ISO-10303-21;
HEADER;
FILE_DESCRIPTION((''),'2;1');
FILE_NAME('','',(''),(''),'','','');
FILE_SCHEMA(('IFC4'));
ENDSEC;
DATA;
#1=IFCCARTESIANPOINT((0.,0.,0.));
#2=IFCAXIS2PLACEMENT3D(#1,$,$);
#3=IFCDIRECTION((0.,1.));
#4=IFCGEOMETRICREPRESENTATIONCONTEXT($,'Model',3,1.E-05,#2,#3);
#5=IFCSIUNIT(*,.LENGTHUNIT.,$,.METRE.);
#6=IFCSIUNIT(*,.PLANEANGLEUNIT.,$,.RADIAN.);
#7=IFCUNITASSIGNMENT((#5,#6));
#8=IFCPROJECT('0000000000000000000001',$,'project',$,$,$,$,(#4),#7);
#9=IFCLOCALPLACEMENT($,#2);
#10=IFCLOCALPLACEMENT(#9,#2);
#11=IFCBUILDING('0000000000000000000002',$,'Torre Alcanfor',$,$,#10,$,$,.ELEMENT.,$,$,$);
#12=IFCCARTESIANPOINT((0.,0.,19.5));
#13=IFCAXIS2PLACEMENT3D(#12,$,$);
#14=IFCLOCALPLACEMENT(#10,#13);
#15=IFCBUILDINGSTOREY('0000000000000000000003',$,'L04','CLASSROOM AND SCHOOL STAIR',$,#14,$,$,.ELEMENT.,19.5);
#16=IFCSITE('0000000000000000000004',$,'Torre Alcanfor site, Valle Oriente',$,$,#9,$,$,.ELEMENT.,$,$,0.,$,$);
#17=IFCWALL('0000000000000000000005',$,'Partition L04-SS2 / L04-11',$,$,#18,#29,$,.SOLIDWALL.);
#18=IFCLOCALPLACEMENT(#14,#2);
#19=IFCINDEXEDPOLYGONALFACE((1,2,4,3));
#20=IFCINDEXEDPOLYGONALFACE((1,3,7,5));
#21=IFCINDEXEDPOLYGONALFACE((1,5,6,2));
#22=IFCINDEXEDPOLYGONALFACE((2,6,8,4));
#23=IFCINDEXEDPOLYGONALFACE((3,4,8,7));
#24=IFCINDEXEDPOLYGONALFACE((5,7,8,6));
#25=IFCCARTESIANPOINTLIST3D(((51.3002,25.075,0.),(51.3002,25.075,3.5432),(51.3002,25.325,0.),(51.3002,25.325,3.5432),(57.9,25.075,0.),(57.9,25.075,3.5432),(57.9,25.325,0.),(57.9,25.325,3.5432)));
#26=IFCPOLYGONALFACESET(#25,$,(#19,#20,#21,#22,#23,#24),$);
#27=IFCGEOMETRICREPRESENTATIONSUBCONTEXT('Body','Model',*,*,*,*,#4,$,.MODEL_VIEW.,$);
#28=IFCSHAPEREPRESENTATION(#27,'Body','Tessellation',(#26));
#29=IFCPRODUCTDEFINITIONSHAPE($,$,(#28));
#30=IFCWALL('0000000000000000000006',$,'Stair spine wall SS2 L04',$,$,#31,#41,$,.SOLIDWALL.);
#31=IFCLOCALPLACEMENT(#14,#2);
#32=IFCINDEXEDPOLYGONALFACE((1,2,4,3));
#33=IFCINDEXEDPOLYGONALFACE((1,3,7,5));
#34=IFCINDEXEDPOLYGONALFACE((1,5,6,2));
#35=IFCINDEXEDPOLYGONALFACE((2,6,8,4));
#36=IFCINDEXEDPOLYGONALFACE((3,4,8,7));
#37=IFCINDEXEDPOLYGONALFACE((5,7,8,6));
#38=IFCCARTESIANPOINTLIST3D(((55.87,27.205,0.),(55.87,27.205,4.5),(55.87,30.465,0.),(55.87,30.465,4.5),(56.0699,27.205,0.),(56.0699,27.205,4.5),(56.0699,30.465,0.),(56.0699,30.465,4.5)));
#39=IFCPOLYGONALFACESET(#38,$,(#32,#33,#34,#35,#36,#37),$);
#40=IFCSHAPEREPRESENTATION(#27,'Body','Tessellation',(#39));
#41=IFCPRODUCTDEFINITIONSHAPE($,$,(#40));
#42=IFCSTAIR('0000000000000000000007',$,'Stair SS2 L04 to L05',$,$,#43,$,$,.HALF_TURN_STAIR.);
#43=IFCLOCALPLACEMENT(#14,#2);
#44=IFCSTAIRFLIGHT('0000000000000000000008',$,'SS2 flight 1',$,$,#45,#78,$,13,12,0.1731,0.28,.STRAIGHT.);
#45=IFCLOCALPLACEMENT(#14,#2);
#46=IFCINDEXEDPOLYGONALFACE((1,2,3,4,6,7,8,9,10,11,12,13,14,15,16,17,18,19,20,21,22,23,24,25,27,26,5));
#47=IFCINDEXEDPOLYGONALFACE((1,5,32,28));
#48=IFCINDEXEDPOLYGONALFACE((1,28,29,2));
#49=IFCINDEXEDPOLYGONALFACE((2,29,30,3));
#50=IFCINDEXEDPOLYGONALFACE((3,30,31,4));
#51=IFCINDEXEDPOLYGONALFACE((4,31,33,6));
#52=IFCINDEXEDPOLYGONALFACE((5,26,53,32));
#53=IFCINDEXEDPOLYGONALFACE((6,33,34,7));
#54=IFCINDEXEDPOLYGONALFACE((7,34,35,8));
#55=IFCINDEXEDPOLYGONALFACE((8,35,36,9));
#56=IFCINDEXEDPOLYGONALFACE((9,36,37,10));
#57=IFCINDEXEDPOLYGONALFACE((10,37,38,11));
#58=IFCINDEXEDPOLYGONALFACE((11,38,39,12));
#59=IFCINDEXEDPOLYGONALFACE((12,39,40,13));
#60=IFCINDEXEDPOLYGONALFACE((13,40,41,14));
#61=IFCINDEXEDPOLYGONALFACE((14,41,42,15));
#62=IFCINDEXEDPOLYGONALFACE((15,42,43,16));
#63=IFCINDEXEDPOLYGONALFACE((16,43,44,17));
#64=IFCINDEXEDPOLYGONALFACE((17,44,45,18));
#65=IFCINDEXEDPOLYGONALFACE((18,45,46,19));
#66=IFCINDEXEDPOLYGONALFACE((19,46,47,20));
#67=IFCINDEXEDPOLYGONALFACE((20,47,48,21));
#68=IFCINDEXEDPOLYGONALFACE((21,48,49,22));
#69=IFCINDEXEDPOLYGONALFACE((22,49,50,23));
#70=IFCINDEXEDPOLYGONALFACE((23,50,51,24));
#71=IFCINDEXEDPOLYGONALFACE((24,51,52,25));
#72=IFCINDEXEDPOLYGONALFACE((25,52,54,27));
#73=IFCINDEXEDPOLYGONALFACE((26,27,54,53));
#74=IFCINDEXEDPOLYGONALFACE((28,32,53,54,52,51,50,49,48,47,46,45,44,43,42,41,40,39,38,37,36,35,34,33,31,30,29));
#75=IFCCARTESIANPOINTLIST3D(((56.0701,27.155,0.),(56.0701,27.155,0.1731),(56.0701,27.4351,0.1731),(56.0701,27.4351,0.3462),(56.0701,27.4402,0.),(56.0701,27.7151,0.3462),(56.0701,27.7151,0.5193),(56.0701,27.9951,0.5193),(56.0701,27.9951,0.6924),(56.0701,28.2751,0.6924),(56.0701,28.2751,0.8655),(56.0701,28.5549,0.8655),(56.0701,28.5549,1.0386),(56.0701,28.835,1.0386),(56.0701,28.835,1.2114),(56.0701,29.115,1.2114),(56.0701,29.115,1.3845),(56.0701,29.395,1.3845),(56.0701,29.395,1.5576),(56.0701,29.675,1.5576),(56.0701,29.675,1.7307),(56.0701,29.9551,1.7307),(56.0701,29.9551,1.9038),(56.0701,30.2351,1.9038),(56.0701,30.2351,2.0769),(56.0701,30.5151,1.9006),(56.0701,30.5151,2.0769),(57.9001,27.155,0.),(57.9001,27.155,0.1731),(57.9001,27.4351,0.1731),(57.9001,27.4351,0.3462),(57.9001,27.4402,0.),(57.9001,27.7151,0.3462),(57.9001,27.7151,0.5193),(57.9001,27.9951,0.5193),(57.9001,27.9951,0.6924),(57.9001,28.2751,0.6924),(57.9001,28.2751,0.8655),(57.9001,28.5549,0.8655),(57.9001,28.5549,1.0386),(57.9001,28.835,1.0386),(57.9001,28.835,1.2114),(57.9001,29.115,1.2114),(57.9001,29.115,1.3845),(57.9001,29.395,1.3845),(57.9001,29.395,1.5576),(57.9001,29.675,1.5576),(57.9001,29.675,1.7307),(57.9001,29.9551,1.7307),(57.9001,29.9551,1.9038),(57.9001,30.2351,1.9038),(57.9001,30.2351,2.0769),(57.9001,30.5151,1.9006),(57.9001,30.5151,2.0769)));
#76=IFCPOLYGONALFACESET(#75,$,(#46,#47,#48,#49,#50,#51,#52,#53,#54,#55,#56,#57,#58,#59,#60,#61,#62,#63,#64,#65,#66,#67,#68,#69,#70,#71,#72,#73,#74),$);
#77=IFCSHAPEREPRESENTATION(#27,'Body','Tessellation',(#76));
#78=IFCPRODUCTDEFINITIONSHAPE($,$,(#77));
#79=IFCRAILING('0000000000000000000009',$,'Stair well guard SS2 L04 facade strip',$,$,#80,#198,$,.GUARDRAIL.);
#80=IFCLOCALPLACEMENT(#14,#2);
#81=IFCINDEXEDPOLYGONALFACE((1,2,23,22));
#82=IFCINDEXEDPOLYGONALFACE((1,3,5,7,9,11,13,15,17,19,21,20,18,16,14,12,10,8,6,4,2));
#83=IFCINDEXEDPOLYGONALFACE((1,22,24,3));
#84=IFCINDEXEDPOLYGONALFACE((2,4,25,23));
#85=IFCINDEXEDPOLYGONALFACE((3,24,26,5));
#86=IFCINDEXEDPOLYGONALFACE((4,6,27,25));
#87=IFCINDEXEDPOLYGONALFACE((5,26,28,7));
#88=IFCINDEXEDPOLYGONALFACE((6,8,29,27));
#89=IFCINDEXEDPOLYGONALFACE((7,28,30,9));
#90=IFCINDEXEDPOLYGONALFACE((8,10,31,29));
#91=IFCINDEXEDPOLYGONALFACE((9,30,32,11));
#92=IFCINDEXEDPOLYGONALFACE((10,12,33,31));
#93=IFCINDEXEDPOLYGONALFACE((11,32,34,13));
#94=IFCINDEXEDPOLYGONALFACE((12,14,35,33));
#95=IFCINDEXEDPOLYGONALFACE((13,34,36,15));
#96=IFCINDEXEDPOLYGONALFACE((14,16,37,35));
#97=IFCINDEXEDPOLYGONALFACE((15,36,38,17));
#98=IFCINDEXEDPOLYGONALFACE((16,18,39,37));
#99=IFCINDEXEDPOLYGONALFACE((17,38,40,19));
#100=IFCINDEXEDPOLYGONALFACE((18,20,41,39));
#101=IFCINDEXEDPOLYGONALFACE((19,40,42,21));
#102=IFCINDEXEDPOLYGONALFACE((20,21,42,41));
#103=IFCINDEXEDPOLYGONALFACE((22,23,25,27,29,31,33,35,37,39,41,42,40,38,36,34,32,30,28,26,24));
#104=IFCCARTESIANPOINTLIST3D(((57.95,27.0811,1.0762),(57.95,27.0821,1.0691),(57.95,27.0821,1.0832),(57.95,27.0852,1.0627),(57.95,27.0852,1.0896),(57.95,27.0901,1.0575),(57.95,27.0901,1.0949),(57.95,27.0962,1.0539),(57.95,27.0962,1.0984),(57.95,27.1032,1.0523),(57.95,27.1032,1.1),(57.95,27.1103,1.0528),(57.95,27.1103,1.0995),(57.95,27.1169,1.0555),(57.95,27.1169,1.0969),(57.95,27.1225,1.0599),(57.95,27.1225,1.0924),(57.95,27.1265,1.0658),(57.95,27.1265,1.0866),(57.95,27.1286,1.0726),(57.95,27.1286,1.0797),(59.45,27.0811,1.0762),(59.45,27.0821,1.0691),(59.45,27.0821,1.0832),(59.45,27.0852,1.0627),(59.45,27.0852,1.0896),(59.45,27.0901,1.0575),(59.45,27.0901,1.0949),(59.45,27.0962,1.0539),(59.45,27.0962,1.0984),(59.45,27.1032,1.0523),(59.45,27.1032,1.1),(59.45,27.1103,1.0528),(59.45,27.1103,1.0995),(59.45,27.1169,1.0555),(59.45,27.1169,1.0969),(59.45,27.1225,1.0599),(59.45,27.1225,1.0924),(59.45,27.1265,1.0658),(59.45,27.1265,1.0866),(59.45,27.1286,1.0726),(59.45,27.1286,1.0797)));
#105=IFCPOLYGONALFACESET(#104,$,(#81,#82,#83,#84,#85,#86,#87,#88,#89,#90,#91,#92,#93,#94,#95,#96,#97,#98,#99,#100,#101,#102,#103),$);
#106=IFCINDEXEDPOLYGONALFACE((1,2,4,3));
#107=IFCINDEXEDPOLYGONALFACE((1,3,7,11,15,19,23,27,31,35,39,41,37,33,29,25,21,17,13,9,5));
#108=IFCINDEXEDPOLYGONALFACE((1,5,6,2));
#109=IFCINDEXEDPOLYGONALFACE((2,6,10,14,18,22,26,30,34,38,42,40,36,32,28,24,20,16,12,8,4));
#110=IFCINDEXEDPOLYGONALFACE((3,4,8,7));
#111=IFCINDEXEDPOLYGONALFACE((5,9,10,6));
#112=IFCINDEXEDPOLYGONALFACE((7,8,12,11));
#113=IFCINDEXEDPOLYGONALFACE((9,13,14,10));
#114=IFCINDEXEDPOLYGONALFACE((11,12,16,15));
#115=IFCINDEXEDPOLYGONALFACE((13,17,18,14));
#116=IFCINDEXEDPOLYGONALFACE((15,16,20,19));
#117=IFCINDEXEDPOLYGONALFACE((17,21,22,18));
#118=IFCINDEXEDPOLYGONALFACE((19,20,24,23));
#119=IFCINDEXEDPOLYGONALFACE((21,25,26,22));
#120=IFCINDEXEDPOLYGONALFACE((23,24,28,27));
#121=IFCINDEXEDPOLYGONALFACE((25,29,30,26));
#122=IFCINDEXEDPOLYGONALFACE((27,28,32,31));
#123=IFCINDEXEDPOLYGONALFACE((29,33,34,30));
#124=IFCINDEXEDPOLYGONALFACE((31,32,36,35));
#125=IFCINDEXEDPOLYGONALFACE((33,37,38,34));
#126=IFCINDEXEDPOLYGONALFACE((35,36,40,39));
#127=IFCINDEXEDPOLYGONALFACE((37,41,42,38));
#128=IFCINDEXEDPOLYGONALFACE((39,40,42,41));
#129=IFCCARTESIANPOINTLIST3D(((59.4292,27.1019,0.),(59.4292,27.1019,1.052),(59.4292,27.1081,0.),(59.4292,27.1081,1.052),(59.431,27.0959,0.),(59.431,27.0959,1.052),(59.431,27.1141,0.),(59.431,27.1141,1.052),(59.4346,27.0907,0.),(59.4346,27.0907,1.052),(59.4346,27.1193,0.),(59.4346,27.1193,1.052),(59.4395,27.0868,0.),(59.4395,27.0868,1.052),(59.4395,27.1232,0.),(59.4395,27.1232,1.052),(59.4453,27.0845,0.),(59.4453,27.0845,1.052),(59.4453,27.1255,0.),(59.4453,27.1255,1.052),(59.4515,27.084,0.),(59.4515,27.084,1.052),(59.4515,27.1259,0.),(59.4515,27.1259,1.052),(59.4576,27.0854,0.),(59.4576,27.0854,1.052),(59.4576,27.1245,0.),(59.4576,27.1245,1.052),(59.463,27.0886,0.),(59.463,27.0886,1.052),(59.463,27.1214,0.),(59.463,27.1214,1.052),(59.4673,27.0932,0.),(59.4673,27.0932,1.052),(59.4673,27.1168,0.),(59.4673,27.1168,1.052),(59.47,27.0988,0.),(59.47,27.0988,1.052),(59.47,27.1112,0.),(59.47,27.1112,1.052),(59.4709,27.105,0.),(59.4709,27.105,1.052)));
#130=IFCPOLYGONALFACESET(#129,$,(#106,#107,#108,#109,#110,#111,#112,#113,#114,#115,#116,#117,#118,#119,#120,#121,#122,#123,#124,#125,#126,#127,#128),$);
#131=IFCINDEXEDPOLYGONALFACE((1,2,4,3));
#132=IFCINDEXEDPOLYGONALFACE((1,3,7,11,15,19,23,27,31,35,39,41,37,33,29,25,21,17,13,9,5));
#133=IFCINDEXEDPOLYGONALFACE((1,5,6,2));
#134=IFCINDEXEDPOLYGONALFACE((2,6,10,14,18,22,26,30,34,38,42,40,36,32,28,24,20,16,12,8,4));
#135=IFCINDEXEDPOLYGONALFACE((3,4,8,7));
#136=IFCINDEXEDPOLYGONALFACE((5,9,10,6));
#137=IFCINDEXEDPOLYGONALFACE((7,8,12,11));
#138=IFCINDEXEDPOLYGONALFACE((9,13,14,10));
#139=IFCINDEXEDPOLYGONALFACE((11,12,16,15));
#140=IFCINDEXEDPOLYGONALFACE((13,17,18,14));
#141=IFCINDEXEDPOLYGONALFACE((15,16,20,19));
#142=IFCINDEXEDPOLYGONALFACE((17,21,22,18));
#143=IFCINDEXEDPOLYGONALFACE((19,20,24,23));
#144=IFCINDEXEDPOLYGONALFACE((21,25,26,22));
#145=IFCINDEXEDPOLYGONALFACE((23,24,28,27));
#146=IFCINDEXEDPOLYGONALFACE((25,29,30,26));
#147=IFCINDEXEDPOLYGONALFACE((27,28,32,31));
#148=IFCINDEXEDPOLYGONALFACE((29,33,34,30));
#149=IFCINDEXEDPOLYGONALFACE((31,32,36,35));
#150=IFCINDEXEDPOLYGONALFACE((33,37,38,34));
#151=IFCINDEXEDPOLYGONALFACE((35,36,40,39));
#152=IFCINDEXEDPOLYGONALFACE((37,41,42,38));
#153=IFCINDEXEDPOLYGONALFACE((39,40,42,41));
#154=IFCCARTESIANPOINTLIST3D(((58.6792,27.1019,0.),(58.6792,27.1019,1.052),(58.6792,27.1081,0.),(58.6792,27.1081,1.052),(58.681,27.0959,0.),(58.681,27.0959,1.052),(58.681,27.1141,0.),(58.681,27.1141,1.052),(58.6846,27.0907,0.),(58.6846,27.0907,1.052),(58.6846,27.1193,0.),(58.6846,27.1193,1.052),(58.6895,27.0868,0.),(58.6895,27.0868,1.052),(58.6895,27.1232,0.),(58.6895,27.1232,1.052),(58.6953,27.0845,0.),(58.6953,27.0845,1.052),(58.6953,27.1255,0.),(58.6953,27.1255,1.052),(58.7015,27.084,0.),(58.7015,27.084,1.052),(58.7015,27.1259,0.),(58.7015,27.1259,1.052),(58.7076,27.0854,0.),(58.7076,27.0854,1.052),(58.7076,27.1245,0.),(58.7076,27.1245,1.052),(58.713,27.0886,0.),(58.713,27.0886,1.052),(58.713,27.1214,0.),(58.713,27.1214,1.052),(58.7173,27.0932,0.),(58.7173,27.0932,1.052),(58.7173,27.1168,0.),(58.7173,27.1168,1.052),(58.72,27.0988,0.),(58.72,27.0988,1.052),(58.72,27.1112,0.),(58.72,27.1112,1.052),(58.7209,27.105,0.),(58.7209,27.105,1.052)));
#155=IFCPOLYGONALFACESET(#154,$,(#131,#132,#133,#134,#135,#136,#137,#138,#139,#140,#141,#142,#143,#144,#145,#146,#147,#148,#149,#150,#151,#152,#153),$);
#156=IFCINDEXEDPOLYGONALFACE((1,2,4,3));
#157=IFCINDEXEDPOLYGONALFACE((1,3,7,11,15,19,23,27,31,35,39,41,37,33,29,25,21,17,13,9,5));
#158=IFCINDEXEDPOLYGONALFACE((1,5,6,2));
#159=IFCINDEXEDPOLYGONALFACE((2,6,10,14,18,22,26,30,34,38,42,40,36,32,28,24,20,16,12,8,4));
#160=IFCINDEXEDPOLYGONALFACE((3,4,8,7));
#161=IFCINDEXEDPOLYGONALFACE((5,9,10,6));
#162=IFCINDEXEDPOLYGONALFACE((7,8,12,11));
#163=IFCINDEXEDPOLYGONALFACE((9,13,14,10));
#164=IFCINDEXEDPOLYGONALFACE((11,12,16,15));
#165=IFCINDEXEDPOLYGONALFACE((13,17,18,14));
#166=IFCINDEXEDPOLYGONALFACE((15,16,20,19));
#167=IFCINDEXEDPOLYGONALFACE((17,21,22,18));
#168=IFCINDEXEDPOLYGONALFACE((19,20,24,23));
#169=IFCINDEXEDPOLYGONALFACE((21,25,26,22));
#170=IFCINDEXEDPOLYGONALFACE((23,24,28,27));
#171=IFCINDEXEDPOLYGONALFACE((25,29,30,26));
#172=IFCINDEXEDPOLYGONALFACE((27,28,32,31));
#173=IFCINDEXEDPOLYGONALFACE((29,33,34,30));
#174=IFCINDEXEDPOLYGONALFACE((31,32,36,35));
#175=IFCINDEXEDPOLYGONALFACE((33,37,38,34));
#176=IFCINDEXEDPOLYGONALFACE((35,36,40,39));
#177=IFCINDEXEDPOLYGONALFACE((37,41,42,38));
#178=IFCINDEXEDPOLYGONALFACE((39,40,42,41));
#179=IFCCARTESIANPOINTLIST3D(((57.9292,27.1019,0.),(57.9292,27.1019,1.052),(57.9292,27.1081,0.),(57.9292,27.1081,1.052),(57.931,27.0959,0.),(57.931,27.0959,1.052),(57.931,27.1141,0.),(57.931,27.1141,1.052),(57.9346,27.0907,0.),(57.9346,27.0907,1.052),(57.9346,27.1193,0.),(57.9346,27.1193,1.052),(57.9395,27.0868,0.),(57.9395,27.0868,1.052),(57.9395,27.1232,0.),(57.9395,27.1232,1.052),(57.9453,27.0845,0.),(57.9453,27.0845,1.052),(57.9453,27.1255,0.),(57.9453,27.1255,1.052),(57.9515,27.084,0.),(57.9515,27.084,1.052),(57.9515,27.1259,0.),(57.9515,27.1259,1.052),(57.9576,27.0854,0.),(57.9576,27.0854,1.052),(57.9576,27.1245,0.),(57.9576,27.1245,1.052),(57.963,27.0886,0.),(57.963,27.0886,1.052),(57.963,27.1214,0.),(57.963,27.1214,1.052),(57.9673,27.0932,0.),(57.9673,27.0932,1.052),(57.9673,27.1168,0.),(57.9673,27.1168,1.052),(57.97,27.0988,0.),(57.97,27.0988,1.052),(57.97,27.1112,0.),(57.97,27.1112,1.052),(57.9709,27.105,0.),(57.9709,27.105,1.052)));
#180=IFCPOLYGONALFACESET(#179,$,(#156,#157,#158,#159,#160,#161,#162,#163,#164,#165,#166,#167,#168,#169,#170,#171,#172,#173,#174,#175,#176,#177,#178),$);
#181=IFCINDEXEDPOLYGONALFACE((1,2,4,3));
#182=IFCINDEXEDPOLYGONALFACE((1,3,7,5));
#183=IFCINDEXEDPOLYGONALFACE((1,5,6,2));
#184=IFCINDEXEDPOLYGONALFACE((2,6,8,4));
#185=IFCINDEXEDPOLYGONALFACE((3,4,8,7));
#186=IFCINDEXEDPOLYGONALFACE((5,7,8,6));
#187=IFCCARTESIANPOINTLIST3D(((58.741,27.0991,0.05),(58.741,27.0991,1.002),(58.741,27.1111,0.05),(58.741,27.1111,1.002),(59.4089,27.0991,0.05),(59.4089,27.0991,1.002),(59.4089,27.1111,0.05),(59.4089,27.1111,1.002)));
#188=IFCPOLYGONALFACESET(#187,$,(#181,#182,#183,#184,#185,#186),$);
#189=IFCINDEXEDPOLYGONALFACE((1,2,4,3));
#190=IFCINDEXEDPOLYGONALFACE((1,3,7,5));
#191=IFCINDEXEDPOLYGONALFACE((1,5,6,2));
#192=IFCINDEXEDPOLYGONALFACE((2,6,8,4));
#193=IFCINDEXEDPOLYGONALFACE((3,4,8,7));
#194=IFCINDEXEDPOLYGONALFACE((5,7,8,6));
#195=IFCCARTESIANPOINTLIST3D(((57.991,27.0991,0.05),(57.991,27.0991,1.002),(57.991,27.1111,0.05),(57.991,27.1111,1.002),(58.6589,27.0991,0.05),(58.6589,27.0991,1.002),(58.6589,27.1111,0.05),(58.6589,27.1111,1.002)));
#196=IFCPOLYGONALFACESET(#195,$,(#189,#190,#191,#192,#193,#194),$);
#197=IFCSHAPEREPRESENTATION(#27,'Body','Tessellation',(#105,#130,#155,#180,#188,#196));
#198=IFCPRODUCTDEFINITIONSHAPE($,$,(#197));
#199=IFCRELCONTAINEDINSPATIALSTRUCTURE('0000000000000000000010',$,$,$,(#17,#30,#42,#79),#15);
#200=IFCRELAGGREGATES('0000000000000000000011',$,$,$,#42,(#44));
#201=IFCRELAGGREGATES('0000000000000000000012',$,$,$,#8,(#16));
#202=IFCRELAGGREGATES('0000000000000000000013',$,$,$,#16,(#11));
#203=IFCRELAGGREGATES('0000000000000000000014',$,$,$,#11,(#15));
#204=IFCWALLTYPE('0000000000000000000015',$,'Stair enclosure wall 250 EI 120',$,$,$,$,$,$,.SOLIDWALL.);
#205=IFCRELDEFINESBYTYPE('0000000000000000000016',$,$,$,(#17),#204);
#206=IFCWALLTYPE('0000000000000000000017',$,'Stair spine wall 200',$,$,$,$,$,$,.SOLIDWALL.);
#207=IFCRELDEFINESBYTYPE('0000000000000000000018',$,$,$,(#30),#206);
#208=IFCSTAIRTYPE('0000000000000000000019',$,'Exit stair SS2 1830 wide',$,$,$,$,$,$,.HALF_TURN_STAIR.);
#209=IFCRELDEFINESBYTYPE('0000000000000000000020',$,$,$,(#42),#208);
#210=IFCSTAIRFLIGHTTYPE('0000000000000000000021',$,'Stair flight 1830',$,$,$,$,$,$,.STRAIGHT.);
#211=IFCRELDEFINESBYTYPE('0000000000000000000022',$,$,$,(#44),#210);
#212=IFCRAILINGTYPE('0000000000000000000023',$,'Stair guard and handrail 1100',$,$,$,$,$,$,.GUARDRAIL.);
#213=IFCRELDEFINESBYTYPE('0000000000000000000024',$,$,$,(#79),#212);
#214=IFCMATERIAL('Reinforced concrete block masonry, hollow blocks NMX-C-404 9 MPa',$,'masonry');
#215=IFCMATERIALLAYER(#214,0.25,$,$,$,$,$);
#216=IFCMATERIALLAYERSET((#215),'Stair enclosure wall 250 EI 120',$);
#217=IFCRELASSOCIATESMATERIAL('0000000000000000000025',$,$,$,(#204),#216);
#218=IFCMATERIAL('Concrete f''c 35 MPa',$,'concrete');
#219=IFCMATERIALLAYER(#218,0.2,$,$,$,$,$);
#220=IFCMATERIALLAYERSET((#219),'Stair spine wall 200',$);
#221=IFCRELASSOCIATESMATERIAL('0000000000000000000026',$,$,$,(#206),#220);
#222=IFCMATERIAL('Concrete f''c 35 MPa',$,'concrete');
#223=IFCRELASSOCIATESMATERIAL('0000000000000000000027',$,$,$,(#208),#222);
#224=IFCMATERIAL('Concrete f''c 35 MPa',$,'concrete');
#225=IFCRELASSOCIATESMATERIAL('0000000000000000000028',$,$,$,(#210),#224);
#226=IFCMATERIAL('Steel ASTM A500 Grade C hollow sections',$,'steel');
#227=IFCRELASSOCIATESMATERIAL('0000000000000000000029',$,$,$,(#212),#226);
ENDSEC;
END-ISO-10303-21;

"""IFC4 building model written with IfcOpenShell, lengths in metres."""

from ifc_helpers import new_model, si_unit, direction, frame, frame_2d, origin, origin_2d, place, context, subcontext, project, spatial, polyline, rectangle, circle, outline, extrude, material, layer, layer_set, type_object, element, aggregate, save


model = new_model("IFC4")

# Units and contexts
model_context = context("Model", 3, precision=1e-05, world=origin(), true_north=direction((0.0, 1.0)))
body_context = subcontext(model_context, "Body", "Model", "MODEL_VIEW")
ifc_project = project(units=[si_unit("LENGTHUNIT", "METRE"), si_unit("PLANEANGLEUNIT", "RADIAN")], contexts=[model_context])

# Site, building, storey
site_placement = place(None, origin())
site = spatial("IfcSite", under=ifc_project, at=site_placement, Name="Torre Alcanfor site, Valle Oriente", CompositionType="ELEMENT", RefElevation=0.0)
building_placement = place(site_placement, origin())
building = spatial("IfcBuilding", under=site, at=building_placement, Name="Torre Alcanfor", CompositionType="ELEMENT")
storey_placement = place(building_placement, frame((0.0, 0.0, 19.5)))
storey = spatial("IfcBuildingStorey", under=building, at=storey_placement, Name="L04", Description="CLASSROOM AND SCHOOL STAIR", CompositionType="ELEMENT", Elevation=19.5)

# Walls
ifc_material_1 = material(Name="Reinforced concrete block masonry, hollow blocks NMX-C-404 9 MPa", Category="masonry")
ifc_layer_1 = layer(ifc_material_1, 0.25)
ifc_layer_set_1 = layer_set([ifc_layer_1], Name="Stair enclosure wall 250 EI 120")
wall_type_1 = type_object("IfcWallType", Name="Stair enclosure wall 250 EI 120", PredefinedType="SOLIDWALL", material=ifc_layer_set_1)
wall_1_placement = place(storey_placement, frame((57.8999, 25.2, 0.0), z_axis=(0.0, 0.0, 1.0), x_axis=(-1.0, 0.0, 0.0)))
element("IfcWall", 1, at=wall_1_placement, inside=storey, type_object=wall_type_1, Name="Partition L04-SS2 / L04-11", PredefinedType="SOLIDWALL", context=body_context, shape_type="SweptSolid", body=[
    extrude(rectangle(XDim=6.5999, YDim=0.25, at=frame_2d((3.2998, 0.0))), origin(), (0.0, 0.0, 1.0), 3.5432),
])
ifc_material_2 = material(Name="Concrete f'c 35 MPa", Category="concrete")
ifc_layer_2 = layer(ifc_material_2, 0.2)
ifc_layer_set_2 = layer_set([ifc_layer_2], Name="Stair spine wall 200")
wall_type_2 = type_object("IfcWallType", Name="Stair spine wall 200", PredefinedType="SOLIDWALL", material=ifc_layer_set_2)
wall_2_placement = place(storey_placement, frame((55.97, 27.2051, 0.0), z_axis=(0.0, 0.0, 1.0), x_axis=(0.0, 1.0, 0.0)))
element("IfcWall", 2, at=wall_2_placement, inside=storey, type_object=wall_type_2, Name="Stair spine wall SS2 L04", PredefinedType="SOLIDWALL", context=body_context, shape_type="SweptSolid", body=[
    extrude(rectangle(XDim=3.26, YDim=0.2, at=frame_2d((1.6299, 0.0))), origin(), (0.0, 0.0, 1.0), 4.5),
])

# Stair, stair flight
ifc_material_3 = material(Name="Concrete f'c 35 MPa", Category="concrete")
stair_type = type_object("IfcStairType", Name="Exit stair SS2 1830 wide", PredefinedType="HALF_TURN_STAIR", material=ifc_material_3)
stair_placement = place(storey_placement, origin())
stair = element("IfcStair", 3, at=stair_placement, inside=storey, type_object=stair_type, Name="Stair SS2 L04 to L05", PredefinedType="HALF_TURN_STAIR")
ifc_material_4 = material(Name="Concrete f'c 35 MPa", Category="concrete")
stair_flight_type = type_object("IfcStairFlightType", Name="Stair flight 1830", PredefinedType="STRAIGHT", material=ifc_material_4)
stair_flight_placement = place(storey_placement, frame((56.9851, 27.155, 0.0), z_axis=(0.0, 0.0, 1.0), x_axis=(0.0, 1.0, 0.0)))
stair_flight = element("IfcStairFlight", 4, at=stair_flight_placement, type_object=stair_flight_type, Name="SS2 flight 1", NumberOfRisers=13, NumberOfTreads=12, PredefinedType="STRAIGHT", RiserHeight=0.1731, TreadLength=0.28, context=body_context, shape_type="SweptSolid", body=[
    extrude(outline(polyline([(0.0, 0.0), (0.0, 0.1731), (0.28, 0.1731), (0.28, 0.3462), (0.5601, 0.3462), (0.5601, 0.5193), (0.8401, 0.5193), (0.8401, 0.6924), (1.1201, 0.6924), (1.1201, 0.8655), (1.3999, 0.8655), (1.3999, 1.0386), (1.6799, 1.0386), (1.6799, 1.2114), (1.96, 1.2114), (1.96, 1.3845), (2.24, 1.3845), (2.24, 1.5576), (2.52, 1.5576), (2.52, 1.7307), (2.8, 1.7307), (2.8, 1.9038), (3.0801, 1.9038), (3.0801, 2.0769), (3.3601, 2.0769), (3.3601, 2.25), (3.3601, 1.9006), (0.2852, 0.0), (0.0, 0.0)])), frame((0.0, 0.915, 0.0), z_axis=(0.0, -1.0, 0.0), x_axis=(1.0, 0.0, 0.0)), (0.0, 0.0, 1.0), 1.8301),
])
aggregate(stair, [stair_flight])

# Railing
ifc_material_5 = material(Name="Steel ASTM A500 Grade C hollow sections", Category="steel")
railing_type_1 = type_object("IfcRailingType", Name="Stair guard and handrail 1100", PredefinedType="GUARDRAIL", material=ifc_material_5)
railing_1_placement = place(storey_placement, frame((59.45, 27.105, 0.0)))
element("IfcRailing", 5, at=railing_1_placement, inside=storey, type_object=railing_type_1, Name="Stair well guard SS2 L04 facade strip", PredefinedType="GUARDRAIL", context=body_context, shape_type="SweptSolid", body=[
    extrude(circle(Radius=0.0239, at=origin_2d()), frame((0.0, 0.0, 1.0762), z_axis=(-1.0, 0.0, 0.0), x_axis=(0.0, -1.0, 0.0)), (0.0, 0.0, 1.0), 1.5),
    extrude(circle(Radius=0.021, at=origin_2d()), origin(), (0.0, 0.0, 1.0), 1.052),
    extrude(circle(Radius=0.021, at=origin_2d()), frame((-0.75, 0.0, 0.0)), (0.0, 0.0, 1.0), 1.052),
    extrude(circle(Radius=0.021, at=origin_2d()), frame((-1.5, 0.0, 0.0)), (0.0, 0.0, 1.0), 1.052),
    extrude(outline(polyline([(0.041, 0.05), (0.709, 0.05), (0.709, 1.002), (0.041, 1.002), (0.041, 0.05)])), frame((0.0, -0.0059, 0.0), z_axis=(0.0, 1.0, 0.0), x_axis=(-1.0, 0.0, 0.0)), (0.0, 0.0, 1.0), 0.012),
    extrude(outline(polyline([(0.791, 0.05), (1.459, 0.05), (1.459, 1.002), (0.791, 1.002), (0.791, 0.05)])), frame((0.0, -0.0059, 0.0), z_axis=(0.0, 1.0, 0.0), x_axis=(-1.0, 0.0, 0.0)), (0.0, 0.0, 1.0), 0.012),
])

save(model, "model.ifc")
